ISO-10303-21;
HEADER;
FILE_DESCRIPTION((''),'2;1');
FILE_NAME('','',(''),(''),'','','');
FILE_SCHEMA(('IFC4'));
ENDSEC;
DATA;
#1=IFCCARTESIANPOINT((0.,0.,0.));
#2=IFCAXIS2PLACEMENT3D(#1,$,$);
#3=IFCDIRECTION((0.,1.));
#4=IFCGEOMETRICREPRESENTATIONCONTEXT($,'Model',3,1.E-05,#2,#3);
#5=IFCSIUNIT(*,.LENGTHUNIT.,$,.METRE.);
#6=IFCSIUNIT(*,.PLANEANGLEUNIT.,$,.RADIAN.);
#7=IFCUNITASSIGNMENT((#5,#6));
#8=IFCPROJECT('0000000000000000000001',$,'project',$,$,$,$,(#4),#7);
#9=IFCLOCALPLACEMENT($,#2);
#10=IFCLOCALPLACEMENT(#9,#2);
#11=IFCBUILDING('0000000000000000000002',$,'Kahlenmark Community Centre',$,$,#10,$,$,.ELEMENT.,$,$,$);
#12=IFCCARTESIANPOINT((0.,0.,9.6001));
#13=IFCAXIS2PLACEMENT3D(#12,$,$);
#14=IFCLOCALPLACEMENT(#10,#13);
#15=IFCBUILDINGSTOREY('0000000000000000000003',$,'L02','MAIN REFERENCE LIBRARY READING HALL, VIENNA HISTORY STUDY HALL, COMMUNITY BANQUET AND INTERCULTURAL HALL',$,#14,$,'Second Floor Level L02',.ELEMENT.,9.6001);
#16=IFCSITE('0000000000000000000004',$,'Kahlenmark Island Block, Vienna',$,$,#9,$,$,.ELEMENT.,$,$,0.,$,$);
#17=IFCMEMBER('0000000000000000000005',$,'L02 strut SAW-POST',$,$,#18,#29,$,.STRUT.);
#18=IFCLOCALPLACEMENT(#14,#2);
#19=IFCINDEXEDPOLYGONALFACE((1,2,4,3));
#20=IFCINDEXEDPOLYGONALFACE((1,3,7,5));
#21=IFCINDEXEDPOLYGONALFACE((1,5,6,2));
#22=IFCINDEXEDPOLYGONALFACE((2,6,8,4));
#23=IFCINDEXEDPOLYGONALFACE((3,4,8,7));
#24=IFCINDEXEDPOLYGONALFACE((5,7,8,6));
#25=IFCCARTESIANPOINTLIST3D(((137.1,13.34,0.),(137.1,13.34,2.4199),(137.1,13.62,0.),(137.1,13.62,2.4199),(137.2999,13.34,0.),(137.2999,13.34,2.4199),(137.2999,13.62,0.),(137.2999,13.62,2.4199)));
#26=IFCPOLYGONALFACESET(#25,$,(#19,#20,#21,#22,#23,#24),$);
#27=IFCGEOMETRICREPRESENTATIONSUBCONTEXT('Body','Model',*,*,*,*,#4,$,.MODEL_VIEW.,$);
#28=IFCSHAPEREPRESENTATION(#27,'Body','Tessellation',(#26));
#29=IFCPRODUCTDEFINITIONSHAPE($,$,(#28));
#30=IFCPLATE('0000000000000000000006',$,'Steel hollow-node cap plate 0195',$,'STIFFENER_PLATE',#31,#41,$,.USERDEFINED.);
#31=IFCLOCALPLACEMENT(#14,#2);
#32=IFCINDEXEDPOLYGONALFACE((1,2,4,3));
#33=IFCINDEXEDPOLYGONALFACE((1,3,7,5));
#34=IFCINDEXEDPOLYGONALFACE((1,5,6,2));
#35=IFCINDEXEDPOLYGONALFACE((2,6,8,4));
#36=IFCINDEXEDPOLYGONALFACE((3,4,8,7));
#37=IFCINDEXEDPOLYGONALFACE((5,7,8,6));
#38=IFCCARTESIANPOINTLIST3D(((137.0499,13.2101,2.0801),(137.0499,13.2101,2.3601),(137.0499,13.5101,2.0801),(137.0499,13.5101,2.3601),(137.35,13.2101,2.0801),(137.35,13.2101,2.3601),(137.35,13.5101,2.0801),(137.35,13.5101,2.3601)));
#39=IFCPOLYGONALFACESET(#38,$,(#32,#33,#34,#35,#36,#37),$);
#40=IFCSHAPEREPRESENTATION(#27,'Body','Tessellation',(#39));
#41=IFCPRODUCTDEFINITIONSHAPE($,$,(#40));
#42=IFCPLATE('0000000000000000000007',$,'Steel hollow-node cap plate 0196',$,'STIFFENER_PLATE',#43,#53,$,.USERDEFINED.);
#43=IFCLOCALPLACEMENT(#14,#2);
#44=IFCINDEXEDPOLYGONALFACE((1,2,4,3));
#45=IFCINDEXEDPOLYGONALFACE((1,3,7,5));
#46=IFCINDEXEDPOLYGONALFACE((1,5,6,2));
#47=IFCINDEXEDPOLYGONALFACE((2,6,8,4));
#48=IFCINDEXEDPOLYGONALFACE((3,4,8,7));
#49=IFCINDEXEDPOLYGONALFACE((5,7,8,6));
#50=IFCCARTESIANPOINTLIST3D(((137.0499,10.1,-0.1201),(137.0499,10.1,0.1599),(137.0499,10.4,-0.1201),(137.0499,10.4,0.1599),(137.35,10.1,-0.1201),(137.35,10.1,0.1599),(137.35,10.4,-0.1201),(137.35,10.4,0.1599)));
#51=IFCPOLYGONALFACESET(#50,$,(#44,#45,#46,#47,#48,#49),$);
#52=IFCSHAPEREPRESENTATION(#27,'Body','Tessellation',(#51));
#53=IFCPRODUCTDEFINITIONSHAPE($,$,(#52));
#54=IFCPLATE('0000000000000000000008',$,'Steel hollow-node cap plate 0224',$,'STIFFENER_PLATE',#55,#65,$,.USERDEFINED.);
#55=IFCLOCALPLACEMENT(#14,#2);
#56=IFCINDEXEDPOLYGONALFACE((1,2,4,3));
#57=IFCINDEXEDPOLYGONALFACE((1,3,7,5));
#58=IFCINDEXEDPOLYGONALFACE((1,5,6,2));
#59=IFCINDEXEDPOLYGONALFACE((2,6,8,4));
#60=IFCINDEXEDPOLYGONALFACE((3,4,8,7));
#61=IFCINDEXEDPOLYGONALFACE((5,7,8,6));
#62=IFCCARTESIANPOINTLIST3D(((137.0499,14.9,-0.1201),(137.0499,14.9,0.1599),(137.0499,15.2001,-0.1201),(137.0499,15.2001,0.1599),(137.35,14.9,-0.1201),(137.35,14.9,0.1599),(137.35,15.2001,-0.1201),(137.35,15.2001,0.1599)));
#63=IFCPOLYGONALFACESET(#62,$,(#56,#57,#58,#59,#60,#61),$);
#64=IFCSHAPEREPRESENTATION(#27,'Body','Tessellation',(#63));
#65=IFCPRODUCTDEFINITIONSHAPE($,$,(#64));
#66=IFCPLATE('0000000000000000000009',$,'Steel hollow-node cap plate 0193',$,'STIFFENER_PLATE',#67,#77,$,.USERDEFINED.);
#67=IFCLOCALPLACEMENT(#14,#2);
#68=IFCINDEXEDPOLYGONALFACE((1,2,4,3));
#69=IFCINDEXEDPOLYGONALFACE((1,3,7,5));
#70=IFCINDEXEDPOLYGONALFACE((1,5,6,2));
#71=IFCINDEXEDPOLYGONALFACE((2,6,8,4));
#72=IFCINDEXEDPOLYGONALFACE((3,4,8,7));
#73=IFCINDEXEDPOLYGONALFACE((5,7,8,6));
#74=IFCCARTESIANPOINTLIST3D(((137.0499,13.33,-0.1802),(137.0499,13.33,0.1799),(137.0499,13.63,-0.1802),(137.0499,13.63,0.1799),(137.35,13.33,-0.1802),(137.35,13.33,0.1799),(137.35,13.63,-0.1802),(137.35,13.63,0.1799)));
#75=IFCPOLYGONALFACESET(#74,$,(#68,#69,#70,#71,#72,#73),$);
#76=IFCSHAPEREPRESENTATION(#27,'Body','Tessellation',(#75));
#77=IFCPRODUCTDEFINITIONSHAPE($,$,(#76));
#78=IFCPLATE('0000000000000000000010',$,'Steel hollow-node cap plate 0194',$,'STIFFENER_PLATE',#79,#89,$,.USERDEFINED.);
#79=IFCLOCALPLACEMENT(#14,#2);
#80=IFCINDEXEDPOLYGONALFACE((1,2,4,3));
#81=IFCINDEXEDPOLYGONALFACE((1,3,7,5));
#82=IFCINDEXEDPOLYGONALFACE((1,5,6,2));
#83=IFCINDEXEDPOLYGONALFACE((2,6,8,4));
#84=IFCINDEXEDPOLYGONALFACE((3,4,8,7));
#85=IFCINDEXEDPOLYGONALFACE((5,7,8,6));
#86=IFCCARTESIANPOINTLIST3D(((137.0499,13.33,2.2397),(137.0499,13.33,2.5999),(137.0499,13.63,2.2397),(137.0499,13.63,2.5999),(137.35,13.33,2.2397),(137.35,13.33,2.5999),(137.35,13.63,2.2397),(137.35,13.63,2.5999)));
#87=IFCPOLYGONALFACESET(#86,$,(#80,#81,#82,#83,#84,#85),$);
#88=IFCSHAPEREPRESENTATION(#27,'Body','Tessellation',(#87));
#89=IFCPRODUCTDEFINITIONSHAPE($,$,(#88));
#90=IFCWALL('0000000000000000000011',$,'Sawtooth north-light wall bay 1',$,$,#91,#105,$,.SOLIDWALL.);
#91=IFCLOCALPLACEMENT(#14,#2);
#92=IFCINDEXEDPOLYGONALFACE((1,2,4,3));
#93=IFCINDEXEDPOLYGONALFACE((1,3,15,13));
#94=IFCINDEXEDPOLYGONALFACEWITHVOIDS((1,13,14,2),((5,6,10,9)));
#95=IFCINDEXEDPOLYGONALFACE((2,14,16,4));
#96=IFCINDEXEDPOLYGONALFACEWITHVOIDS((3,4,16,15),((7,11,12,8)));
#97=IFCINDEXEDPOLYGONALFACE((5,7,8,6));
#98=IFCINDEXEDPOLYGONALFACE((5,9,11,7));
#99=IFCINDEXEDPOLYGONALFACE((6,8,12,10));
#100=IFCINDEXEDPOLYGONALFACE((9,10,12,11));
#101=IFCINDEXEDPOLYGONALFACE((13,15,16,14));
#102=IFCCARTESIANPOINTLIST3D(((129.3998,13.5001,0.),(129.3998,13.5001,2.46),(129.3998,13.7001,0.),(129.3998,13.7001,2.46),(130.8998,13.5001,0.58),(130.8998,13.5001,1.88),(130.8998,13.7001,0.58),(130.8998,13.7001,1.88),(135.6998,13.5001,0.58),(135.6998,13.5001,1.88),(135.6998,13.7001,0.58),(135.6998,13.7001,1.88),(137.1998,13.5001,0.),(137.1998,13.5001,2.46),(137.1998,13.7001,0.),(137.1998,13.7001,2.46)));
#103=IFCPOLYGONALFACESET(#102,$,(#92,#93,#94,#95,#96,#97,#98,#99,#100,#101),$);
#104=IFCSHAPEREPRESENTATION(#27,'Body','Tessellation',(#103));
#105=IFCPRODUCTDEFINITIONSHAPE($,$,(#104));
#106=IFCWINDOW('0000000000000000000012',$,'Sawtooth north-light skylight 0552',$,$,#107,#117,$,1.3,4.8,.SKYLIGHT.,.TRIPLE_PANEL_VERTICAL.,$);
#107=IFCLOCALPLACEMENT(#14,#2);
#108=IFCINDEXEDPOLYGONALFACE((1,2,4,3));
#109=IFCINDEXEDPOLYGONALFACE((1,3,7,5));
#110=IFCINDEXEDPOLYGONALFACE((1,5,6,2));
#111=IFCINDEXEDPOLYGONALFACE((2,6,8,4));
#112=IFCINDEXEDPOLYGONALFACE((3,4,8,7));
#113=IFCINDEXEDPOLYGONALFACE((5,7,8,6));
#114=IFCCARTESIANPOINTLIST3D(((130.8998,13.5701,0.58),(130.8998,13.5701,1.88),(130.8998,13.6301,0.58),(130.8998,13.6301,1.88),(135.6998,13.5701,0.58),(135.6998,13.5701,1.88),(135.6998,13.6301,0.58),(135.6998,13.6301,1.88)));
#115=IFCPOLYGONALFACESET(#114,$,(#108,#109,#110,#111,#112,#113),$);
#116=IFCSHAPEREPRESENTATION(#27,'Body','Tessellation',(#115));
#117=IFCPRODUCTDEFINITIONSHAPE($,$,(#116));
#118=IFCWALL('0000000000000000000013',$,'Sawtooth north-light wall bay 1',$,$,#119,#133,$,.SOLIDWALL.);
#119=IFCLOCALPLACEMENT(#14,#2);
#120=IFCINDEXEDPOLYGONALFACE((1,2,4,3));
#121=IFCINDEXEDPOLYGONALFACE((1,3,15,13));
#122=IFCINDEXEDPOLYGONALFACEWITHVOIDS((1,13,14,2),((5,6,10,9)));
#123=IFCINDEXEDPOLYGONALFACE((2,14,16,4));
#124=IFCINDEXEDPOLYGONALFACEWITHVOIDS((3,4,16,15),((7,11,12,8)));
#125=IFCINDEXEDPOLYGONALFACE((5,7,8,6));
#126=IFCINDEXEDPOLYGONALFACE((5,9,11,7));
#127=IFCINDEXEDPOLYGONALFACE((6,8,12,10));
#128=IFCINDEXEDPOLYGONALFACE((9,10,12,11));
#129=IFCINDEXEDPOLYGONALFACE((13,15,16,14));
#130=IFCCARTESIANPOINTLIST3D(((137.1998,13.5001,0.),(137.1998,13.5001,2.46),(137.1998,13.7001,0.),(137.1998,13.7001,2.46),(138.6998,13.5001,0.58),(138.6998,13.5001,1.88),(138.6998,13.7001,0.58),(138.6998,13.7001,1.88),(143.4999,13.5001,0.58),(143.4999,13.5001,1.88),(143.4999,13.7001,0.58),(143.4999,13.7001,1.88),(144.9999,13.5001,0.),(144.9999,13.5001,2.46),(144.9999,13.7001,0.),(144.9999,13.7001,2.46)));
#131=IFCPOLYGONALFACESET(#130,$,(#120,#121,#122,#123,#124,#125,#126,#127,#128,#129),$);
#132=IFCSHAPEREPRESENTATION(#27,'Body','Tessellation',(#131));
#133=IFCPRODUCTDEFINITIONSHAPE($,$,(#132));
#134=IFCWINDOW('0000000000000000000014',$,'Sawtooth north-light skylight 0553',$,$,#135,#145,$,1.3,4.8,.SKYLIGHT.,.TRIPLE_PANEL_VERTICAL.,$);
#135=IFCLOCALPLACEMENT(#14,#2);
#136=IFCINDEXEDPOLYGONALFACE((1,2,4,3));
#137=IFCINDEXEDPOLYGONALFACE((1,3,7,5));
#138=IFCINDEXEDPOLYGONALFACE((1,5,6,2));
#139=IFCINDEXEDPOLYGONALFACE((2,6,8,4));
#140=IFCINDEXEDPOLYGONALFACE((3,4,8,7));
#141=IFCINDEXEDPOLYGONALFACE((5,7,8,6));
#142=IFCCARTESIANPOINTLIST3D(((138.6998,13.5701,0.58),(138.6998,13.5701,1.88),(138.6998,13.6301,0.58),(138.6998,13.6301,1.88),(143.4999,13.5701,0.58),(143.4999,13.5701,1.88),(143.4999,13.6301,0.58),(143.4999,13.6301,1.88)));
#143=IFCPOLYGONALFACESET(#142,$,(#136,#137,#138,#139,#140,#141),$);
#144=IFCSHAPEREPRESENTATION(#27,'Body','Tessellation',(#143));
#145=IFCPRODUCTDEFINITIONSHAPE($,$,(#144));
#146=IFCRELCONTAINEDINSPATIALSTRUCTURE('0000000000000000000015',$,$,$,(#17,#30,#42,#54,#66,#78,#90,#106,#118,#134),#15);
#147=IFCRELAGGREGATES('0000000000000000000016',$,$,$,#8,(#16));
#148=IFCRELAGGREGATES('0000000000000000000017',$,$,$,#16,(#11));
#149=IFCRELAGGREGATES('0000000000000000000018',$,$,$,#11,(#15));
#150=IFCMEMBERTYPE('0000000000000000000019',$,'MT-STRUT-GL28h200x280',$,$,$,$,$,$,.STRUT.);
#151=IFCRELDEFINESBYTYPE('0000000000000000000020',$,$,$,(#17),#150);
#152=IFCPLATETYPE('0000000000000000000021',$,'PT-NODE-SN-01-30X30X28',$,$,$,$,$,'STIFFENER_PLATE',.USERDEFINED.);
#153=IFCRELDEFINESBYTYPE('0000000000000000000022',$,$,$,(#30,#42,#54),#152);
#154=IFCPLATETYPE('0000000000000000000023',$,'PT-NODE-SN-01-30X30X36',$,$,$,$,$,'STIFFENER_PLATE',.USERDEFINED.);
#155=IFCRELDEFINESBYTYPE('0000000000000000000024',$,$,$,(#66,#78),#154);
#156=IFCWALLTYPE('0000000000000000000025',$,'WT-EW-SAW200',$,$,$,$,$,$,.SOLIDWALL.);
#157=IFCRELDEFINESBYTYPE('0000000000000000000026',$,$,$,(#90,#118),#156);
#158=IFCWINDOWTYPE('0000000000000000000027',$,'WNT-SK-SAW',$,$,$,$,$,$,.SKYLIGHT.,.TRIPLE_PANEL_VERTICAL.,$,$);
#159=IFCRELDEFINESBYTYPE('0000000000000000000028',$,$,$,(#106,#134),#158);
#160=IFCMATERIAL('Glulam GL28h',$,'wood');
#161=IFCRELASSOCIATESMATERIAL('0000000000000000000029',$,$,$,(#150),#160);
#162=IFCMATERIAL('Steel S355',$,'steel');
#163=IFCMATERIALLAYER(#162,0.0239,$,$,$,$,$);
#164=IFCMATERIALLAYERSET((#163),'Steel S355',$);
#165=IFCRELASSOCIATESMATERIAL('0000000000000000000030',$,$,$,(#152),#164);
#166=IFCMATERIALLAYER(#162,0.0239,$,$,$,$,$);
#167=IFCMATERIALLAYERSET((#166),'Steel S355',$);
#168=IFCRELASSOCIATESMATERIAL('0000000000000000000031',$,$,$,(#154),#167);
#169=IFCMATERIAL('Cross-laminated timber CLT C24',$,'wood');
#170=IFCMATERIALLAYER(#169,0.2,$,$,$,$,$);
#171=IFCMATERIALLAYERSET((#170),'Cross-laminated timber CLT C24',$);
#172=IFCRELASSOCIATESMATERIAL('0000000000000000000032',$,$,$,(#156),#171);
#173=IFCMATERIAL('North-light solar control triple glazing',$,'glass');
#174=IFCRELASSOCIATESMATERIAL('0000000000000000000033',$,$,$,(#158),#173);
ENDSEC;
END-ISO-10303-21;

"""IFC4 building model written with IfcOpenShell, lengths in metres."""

from ifc_helpers import new_model, si_unit, direction, frame, frame_2d, origin, origin_2d, place, context, subcontext, project, spatial, rectangle, extrude, material, layer, layer_set, material_profile, profile_set, type_object, element, fill, save


model = new_model("IFC4")

# Units and contexts
model_context = context("Model", 3, precision=1e-05, world=origin(), true_north=direction((0.0, 1.0)))
body_context = subcontext(model_context, "Body", "Model", "MODEL_VIEW")
ifc_project = project(units=[si_unit("LENGTHUNIT", "METRE"), si_unit("PLANEANGLEUNIT", "RADIAN")], contexts=[model_context])

# Site, building, storey
site_placement = place(None, origin())
site = spatial("IfcSite", under=ifc_project, at=site_placement, Name="Kahlenmark Island Block, Vienna", CompositionType="ELEMENT", RefElevation=0.0)
building_placement = place(site_placement, origin())
building = spatial("IfcBuilding", under=site, at=building_placement, Name="Kahlenmark Community Centre", CompositionType="ELEMENT")
storey_placement = place(building_placement, frame((0.0, 0.0, 9.6001)))
storey = spatial("IfcBuildingStorey", under=building, at=storey_placement, Name="L02", Description="MAIN REFERENCE LIBRARY READING HALL, VIENNA HISTORY STUDY HALL, COMMUNITY BANQUET AND INTERCULTURAL HALL", LongName="Second Floor Level L02", CompositionType="ELEMENT", Elevation=9.6001)

# Member
ifc_material_1 = material(Name="Steel S355", Category="steel")
ifc_material_2 = material(Name="Glulam GL28h", Category="wood")
ifc_material_profile_1 = material_profile(ifc_material_2, rectangle(XDim=0.2, YDim=0.28, at=origin_2d()), Name="GL28h 200x280")
ifc_profile_set_1 = profile_set([ifc_material_profile_1], Name="Glulam GL28h")
member_type_1 = type_object("IfcMemberType", Name="MT-STRUT-GL28h200x280", PredefinedType="STRUT", material=ifc_profile_set_1)
member_1_placement = place(storey_placement, frame((137.2, 13.48, 0.0), z_axis=(0.0, 0.0, 1.0), x_axis=(1.0, 0.0, 0.0)))
element("IfcMember", 1, at=member_1_placement, inside=storey, type_object=member_type_1, Name="L02 strut SAW-POST", PredefinedType="STRUT", context=body_context, shape_type="SweptSolid", body=[
    extrude(rectangle(XDim=0.2, YDim=0.28, at=origin_2d()), origin(), (0.0, 0.0, 1.0), 2.4199),
])

# Plates
ifc_layer_1 = layer(ifc_material_1, 0.0239)
ifc_layer_set_1 = layer_set([ifc_layer_1], Name="Steel S355")
plate_type_1 = type_object("IfcPlateType", Name="PT-NODE-SN-01-30X30X28", ElementType="STIFFENER_PLATE", PredefinedType="USERDEFINED", material=ifc_layer_set_1)
for number, where, z_axis, x_axis, name in (
    (2, (137.2, 13.3601, 2.0801), (0.0, 0.0, 1.0), (1.0, 0.0, 0.0), "Steel hollow-node cap plate 0195"),
    (3, (137.2, 10.25, -0.1201), (0.0, 0.0, 1.0), (1.0, 0.0, 0.0), "Steel hollow-node cap plate 0196"),
    (4, (137.2, 15.05, -0.1201), (0.0, 0.0, 1.0), (1.0, 0.0, 0.0), "Steel hollow-node cap plate 0224"),
):
    element("IfcPlate", number, at=place(storey_placement, frame(where, z_axis=z_axis, x_axis=x_axis)), inside=storey, type_object=plate_type_1, Name=name, ObjectType="STIFFENER_PLATE", PredefinedType="USERDEFINED", context=body_context, shape_type="SweptSolid", body=[
        extrude(rectangle(XDim=0.3, YDim=0.3, at=origin_2d()), origin(), (0.0, 0.0, 1.0), 0.28),
    ])
ifc_layer_2 = layer(ifc_material_1, 0.0239)
ifc_layer_set_2 = layer_set([ifc_layer_2], Name="Steel S355")
plate_type_2 = type_object("IfcPlateType", Name="PT-NODE-SN-01-30X30X36", ElementType="STIFFENER_PLATE", PredefinedType="USERDEFINED", material=ifc_layer_set_2)
for number, where, z_axis, x_axis, name in (
    (5, (137.2, 13.48, -0.1802), (0.0, 0.0, 1.0), (1.0, 0.0, 0.0), "Steel hollow-node cap plate 0193"),
    (6, (137.2, 13.48, 2.2397), (0.0, 0.0, 1.0), (1.0, 0.0, 0.0), "Steel hollow-node cap plate 0194"),
):
    element("IfcPlate", number, at=place(storey_placement, frame(where, z_axis=z_axis, x_axis=x_axis)), inside=storey, type_object=plate_type_2, Name=name, ObjectType="STIFFENER_PLATE", PredefinedType="USERDEFINED", context=body_context, shape_type="SweptSolid", body=[
        extrude(rectangle(XDim=0.3, YDim=0.3, at=origin_2d()), origin(), (0.0, 0.0, 1.0), 0.3601),
    ])

# Walls, openings, windows
ifc_material_3 = material(Name="Cross-laminated timber CLT C24", Category="wood")
ifc_layer_3 = layer(ifc_material_3, 0.2)
ifc_layer_set_3 = layer_set([ifc_layer_3], Name="Cross-laminated timber CLT C24")
wall_type = type_object("IfcWallType", Name="WT-EW-SAW200", PredefinedType="SOLIDWALL", material=ifc_layer_set_3)
wall_1_placement = place(storey_placement, frame((129.3999, 13.6001, 0.0), z_axis=(0.0, 0.0, 1.0), x_axis=(1.0, 0.0, 0.0)))
wall_1 = element("IfcWall", 7, at=wall_1_placement, inside=storey, type_object=wall_type, Name="Sawtooth north-light wall bay 1", PredefinedType="SOLIDWALL", context=body_context, shape_type="SweptSolid", body=[
    extrude(rectangle(XDim=7.8, YDim=0.2, at=frame_2d((3.8999, 0.0))), origin(), (0.0, 0.0, 1.0), 2.46),
])
opening_1_placement = place(wall_1_placement, frame((1.5, 0.0, 0.5801)))
opening_1 = element("IfcOpeningElement", 8, at=opening_1_placement, cuts=wall_1, PredefinedType="OPENING", context=body_context, shape_type="SweptSolid", body=[
    extrude(rectangle(XDim=4.8, YDim=1.3, at=frame_2d((2.3999, 0.6499))), frame((0.0, 0.1099, 0.0), z_axis=(0.0, -1.0, 0.0), x_axis=(1.0, 0.0, 0.0)), (0.0, 0.0, 1.0), 0.22),
])
ifc_material_4 = material(Name="North-light solar control triple glazing", Category="glass")
window_type = type_object("IfcWindowType", Name="WNT-SK-SAW", PartitioningType="TRIPLE_PANEL_VERTICAL", PredefinedType="SKYLIGHT", material=ifc_material_4)
window_1_placement = place(opening_1_placement, origin())
window_1 = element("IfcWindow", 9, at=window_1_placement, inside=storey, type_object=window_type, Name="Sawtooth north-light skylight 0552", OverallHeight=1.3, OverallWidth=4.8, PartitioningType="TRIPLE_PANEL_VERTICAL", PredefinedType="SKYLIGHT", context=body_context, shape_type="SweptSolid", body=[
    extrude(rectangle(XDim=4.8, YDim=1.3, at=frame_2d((2.3999, 0.6499))), frame((0.0, 0.03, 0.0), z_axis=(0.0, -1.0, 0.0), x_axis=(1.0, 0.0, 0.0)), (0.0, 0.0, 1.0), 0.0601),
])
fill(opening_1, window_1)
wall_2_placement = place(storey_placement, frame((137.2, 13.6001, 0.0), z_axis=(0.0, 0.0, 1.0), x_axis=(1.0, 0.0, 0.0)))
wall_2 = element("IfcWall", 10, at=wall_2_placement, inside=storey, type_object=wall_type, Name="Sawtooth north-light wall bay 1", PredefinedType="SOLIDWALL", context=body_context, shape_type="SweptSolid", body=[
    extrude(rectangle(XDim=7.8, YDim=0.2, at=frame_2d((3.8999, 0.0))), origin(), (0.0, 0.0, 1.0), 2.46),
])
opening_2_placement = place(wall_2_placement, frame((1.5, 0.0, 0.5801)))
opening_2 = element("IfcOpeningElement", 11, at=opening_2_placement, cuts=wall_2, PredefinedType="OPENING", context=body_context, shape_type="SweptSolid", body=[
    extrude(rectangle(XDim=4.8, YDim=1.3, at=frame_2d((2.3999, 0.6499))), frame((0.0, 0.1099, 0.0), z_axis=(0.0, -1.0, 0.0), x_axis=(1.0, 0.0, 0.0)), (0.0, 0.0, 1.0), 0.22),
])
window_2_placement = place(opening_2_placement, origin())
window_2 = element("IfcWindow", 12, at=window_2_placement, inside=storey, type_object=window_type, Name="Sawtooth north-light skylight 0553", OverallHeight=1.3, OverallWidth=4.8, PartitioningType="TRIPLE_PANEL_VERTICAL", PredefinedType="SKYLIGHT", context=body_context, shape_type="SweptSolid", body=[
    extrude(rectangle(XDim=4.8, YDim=1.3, at=frame_2d((2.3999, 0.6499))), frame((0.0, 0.03, 0.0), z_axis=(0.0, -1.0, 0.0), x_axis=(1.0, 0.0, 0.0)), (0.0, 0.0, 1.0), 0.0601),
])
fill(opening_2, window_2)

save(model, "model.ifc")
